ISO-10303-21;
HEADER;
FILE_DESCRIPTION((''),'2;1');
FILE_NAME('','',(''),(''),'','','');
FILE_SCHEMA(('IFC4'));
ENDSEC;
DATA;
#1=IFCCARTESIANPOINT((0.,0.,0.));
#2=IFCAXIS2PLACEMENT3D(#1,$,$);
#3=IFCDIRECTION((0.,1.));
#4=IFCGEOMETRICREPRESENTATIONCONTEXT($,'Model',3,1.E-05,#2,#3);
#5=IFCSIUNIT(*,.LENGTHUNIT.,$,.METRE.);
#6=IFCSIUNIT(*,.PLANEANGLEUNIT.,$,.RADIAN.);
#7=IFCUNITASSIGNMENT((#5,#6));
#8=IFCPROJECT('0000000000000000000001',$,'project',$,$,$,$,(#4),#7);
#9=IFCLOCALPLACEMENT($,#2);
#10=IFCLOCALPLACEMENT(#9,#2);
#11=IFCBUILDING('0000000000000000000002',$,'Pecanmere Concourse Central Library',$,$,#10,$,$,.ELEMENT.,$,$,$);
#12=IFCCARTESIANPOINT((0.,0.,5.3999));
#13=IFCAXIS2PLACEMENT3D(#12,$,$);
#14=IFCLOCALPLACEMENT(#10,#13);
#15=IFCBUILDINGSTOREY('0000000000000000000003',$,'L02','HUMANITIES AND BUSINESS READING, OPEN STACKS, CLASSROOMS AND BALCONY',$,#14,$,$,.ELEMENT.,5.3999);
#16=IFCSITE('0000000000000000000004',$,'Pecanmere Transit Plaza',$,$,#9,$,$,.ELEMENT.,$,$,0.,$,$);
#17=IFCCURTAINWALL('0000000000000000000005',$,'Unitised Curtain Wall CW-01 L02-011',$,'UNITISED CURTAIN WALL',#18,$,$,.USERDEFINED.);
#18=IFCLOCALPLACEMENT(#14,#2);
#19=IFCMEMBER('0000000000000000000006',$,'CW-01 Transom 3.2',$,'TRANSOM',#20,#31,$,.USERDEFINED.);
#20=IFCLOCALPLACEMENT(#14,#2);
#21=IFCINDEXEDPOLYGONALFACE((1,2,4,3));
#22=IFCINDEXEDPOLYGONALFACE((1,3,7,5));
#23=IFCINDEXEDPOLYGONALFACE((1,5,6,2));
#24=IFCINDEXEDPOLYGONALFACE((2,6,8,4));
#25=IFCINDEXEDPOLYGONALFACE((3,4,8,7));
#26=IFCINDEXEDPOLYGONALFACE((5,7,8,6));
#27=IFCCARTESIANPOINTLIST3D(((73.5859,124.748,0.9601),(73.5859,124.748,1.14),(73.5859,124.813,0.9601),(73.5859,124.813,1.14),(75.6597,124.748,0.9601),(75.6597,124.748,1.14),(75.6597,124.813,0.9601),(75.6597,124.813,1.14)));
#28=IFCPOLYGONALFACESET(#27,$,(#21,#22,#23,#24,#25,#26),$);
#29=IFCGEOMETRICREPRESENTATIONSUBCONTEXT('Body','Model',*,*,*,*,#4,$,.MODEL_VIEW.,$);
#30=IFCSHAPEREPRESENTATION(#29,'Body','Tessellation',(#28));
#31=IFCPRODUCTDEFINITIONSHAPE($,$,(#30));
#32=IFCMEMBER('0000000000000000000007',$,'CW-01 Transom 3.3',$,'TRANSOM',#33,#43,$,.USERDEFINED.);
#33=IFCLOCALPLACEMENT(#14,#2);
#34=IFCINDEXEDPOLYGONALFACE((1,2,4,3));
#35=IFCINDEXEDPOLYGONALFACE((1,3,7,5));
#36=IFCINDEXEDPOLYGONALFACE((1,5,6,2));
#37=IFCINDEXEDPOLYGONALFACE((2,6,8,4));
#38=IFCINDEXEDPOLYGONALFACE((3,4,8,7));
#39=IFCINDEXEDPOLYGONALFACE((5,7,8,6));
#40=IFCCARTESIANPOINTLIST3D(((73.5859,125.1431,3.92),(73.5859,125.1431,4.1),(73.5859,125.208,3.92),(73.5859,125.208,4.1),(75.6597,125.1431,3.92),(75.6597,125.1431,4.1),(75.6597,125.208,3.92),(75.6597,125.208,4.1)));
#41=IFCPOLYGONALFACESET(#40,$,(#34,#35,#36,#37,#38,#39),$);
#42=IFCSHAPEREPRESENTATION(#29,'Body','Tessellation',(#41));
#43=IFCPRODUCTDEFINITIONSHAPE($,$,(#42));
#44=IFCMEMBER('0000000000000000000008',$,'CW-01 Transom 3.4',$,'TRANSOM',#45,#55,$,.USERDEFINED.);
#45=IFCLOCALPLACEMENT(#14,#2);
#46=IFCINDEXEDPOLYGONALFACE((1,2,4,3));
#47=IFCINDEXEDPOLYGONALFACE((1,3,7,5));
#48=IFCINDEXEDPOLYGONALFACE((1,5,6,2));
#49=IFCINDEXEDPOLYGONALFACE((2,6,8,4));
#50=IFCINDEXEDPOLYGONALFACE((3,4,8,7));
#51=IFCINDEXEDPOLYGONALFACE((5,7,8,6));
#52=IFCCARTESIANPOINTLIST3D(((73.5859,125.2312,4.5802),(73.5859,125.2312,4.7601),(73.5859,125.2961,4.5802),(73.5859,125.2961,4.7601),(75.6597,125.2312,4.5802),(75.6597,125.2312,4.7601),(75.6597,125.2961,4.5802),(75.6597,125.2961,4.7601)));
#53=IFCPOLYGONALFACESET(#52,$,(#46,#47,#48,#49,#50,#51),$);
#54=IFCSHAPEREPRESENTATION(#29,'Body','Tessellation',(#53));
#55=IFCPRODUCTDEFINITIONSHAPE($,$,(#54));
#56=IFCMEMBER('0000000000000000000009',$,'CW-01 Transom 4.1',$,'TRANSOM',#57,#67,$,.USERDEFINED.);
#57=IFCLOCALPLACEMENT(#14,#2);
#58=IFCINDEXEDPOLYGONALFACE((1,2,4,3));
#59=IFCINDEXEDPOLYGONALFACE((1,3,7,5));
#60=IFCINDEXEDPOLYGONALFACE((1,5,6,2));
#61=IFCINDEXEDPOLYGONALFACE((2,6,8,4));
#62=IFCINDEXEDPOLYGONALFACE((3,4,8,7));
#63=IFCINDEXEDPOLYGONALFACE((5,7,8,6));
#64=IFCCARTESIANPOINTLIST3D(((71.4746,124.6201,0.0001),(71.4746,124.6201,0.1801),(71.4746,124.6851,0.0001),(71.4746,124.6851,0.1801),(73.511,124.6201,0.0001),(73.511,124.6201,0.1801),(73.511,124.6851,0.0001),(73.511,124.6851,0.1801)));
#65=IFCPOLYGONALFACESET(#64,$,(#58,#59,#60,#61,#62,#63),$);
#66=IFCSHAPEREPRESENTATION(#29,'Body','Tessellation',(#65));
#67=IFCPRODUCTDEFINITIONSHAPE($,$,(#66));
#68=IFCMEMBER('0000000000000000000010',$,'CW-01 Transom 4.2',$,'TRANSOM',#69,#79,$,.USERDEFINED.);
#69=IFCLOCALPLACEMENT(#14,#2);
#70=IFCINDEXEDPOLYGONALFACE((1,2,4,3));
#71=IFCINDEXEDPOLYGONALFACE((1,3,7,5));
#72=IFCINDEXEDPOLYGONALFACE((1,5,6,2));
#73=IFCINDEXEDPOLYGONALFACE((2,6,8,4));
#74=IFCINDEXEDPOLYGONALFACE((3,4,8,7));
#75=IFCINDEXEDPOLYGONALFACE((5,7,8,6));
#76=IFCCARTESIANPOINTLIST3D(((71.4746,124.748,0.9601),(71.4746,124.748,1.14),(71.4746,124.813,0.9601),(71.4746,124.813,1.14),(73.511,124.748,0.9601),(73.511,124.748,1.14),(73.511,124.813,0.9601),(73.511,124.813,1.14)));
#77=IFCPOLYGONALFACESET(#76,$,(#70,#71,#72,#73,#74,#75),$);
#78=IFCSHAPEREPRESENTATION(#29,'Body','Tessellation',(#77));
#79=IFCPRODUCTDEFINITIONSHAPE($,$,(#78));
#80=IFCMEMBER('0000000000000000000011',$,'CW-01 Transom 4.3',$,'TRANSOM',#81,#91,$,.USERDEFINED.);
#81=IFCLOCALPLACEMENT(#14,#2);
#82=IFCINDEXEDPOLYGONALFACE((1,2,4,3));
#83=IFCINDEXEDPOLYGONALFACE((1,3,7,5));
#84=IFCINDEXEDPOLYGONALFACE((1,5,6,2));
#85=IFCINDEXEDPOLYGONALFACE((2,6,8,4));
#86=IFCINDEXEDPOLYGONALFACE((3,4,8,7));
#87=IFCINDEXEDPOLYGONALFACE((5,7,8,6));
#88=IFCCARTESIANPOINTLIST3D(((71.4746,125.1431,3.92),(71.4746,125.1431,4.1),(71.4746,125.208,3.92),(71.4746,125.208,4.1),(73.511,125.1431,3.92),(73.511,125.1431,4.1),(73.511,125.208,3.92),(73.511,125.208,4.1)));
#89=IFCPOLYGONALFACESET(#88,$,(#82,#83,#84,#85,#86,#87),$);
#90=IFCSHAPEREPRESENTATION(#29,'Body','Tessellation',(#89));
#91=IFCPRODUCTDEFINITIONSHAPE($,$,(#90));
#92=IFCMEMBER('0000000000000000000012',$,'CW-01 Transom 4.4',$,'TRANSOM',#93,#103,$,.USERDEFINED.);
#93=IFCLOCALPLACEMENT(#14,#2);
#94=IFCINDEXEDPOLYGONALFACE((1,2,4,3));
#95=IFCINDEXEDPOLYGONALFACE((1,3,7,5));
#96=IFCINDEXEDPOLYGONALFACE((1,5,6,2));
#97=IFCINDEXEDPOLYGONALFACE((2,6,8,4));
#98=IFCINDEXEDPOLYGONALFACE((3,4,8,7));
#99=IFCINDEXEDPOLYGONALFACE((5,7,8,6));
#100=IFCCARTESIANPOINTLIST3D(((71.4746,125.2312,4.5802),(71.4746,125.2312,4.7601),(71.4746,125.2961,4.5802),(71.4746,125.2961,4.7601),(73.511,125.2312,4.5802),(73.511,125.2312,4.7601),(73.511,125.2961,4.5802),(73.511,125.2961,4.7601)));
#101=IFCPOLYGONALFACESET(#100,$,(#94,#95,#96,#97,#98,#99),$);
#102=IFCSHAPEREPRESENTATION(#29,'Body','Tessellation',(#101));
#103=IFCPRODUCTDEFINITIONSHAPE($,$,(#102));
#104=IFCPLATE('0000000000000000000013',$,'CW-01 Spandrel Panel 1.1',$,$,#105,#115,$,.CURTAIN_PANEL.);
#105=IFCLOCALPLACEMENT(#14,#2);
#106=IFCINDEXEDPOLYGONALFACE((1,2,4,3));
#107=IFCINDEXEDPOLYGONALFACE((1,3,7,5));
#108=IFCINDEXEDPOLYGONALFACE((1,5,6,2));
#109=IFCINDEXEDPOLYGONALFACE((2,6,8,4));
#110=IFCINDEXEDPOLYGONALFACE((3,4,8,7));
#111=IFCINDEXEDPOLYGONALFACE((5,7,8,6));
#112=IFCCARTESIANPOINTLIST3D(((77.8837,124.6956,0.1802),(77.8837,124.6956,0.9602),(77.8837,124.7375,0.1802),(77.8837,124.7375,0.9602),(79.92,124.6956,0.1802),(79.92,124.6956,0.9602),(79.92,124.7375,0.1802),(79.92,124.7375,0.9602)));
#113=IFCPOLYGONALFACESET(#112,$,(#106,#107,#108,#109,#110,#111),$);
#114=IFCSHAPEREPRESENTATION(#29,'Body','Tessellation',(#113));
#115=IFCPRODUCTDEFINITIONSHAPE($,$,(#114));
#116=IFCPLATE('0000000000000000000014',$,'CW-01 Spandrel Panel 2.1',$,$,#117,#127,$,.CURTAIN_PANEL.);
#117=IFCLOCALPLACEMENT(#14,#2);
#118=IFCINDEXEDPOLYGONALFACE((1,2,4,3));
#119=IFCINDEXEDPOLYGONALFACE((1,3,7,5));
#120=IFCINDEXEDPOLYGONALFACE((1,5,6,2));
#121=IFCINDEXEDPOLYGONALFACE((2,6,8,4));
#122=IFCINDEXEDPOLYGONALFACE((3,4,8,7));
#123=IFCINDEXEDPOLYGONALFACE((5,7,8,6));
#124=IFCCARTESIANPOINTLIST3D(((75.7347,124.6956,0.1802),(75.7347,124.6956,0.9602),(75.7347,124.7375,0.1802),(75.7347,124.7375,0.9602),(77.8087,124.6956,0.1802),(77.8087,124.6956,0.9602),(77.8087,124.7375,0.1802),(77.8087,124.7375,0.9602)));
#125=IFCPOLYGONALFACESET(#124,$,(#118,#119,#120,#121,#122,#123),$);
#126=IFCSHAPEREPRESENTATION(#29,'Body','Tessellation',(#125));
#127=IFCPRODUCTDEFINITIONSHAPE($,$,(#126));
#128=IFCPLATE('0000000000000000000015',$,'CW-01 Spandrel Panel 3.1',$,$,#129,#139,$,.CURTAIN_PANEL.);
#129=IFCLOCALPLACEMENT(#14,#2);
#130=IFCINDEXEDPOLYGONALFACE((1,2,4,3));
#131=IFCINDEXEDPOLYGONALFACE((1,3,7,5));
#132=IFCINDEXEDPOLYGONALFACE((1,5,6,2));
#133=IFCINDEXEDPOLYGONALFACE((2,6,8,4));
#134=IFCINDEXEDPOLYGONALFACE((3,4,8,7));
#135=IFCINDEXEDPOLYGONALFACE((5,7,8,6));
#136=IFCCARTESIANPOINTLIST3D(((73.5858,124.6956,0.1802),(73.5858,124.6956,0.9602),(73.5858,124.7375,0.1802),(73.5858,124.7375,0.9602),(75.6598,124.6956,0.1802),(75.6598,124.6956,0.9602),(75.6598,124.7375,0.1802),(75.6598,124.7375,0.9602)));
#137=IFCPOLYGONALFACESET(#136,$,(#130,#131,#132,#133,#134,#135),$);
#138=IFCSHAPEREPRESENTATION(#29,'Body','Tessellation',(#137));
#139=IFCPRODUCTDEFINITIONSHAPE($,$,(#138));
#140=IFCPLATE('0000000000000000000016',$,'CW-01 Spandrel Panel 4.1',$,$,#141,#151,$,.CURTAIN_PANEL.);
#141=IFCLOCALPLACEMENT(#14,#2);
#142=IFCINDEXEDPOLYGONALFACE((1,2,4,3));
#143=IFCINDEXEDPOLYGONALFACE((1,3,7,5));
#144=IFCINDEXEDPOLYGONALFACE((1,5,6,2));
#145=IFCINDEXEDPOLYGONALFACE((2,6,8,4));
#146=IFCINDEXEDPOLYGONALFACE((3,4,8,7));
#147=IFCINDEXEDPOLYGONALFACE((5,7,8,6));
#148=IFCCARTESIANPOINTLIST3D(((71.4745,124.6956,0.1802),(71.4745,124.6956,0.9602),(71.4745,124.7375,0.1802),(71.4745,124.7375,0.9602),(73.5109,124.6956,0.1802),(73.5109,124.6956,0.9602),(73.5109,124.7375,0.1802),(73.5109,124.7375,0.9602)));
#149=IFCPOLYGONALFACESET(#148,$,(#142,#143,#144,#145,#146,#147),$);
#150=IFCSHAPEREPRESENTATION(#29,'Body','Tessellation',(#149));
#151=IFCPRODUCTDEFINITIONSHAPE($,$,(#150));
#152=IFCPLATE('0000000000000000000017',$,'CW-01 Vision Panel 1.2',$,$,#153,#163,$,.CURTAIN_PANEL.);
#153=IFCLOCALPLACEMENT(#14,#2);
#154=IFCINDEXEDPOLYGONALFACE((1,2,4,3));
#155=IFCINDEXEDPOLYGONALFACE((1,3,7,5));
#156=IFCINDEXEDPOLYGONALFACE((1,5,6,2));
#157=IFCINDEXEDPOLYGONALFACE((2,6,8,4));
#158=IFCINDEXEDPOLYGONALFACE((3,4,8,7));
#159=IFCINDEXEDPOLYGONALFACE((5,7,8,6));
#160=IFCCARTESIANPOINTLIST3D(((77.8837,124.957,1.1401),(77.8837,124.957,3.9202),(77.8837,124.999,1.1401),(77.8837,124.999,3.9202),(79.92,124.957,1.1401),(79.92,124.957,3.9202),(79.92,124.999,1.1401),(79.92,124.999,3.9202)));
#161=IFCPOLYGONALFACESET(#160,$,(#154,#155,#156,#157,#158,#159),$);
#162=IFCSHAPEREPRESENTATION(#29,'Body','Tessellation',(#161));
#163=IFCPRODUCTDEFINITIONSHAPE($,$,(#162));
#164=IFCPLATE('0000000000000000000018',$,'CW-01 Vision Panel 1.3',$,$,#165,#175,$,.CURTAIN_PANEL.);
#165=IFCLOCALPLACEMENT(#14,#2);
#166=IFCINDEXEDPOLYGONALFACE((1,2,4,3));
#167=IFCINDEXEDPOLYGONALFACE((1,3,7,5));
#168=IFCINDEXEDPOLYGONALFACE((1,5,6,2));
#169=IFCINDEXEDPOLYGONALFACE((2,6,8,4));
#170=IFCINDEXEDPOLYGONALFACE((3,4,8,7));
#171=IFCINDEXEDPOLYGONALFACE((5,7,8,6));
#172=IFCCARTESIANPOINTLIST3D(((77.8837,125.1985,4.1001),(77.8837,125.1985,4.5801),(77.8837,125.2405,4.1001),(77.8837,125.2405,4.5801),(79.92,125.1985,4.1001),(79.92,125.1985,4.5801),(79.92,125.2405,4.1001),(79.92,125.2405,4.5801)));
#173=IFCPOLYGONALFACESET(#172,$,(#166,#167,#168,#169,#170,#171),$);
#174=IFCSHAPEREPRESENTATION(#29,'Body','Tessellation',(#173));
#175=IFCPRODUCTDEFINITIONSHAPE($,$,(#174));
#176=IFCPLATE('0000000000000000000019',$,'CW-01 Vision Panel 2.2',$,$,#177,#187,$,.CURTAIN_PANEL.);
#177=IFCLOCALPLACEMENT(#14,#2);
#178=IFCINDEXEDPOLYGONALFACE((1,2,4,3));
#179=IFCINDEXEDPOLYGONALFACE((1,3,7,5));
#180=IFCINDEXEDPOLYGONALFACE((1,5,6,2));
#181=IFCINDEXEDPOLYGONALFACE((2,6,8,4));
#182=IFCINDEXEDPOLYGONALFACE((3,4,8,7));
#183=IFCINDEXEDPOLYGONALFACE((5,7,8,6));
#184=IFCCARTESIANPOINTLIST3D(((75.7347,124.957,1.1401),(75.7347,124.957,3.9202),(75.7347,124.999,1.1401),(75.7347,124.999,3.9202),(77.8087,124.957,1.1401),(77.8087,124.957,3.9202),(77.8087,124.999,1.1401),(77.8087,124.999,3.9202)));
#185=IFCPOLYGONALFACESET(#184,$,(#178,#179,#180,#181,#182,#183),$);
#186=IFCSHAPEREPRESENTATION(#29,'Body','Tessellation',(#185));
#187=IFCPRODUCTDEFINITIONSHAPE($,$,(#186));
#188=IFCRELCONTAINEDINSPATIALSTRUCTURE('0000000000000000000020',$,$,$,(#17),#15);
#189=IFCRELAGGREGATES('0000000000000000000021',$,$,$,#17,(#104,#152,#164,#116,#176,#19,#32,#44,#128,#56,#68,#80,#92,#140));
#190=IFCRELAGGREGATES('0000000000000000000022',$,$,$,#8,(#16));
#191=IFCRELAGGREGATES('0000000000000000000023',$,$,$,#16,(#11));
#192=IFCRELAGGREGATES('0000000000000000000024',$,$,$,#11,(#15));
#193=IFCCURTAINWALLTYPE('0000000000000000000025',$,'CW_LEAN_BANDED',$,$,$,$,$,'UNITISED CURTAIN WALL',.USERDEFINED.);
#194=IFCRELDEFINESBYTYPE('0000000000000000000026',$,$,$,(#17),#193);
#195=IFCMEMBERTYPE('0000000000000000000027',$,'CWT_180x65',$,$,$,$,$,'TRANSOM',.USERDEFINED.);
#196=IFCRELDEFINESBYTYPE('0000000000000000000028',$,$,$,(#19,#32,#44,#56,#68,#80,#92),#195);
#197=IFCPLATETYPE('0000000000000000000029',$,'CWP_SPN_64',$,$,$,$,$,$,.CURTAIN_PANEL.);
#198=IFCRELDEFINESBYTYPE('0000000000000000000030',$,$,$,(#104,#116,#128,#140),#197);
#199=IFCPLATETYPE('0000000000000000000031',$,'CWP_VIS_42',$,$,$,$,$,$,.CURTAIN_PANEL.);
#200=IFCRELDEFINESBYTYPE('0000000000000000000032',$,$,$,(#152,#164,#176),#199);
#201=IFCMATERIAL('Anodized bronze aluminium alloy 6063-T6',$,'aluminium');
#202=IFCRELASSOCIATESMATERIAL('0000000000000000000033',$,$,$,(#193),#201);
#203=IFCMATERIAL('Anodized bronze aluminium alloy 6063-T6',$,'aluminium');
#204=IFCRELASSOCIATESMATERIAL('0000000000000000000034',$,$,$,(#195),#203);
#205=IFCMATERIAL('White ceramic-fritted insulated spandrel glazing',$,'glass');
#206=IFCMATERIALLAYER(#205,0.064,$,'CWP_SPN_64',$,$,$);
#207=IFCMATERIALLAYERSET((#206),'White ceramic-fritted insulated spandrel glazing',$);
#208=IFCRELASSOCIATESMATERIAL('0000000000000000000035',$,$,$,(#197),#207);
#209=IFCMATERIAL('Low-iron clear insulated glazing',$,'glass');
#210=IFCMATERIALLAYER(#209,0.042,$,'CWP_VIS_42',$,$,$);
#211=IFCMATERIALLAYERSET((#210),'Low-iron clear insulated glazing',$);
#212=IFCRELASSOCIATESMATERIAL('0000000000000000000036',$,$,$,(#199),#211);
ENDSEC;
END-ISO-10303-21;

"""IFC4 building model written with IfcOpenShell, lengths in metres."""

from ifc_helpers import new_model, si_unit, direction, frame, origin, origin_2d, place, context, subcontext, project, spatial, rectangle, extrude, material, layer, layer_set, material_profile, profile_set, type_object, element, aggregate, save


model = new_model("IFC4")

# Units and contexts
model_context = context("Model", 3, precision=1e-05, world=origin(), true_north=direction((0.0, 1.0)))
body_context = subcontext(model_context, "Body", "Model", "MODEL_VIEW")
ifc_project = project(units=[si_unit("LENGTHUNIT", "METRE"), si_unit("PLANEANGLEUNIT", "RADIAN")], contexts=[model_context])

# Site, building, storey
site_placement = place(None, origin())
site = spatial("IfcSite", under=ifc_project, at=site_placement, Name="Pecanmere Transit Plaza", CompositionType="ELEMENT", RefElevation=0.0)
building_placement = place(site_placement, origin())
building = spatial("IfcBuilding", under=site, at=building_placement, Name="Pecanmere Concourse Central Library", CompositionType="ELEMENT")
storey_placement = place(building_placement, frame((0.0, 0.0, 5.3999)))
storey = spatial("IfcBuildingStorey", under=building, at=storey_placement, Name="L02", Description="HUMANITIES AND BUSINESS READING, OPEN STACKS, CLASSROOMS AND BALCONY", CompositionType="ELEMENT", Elevation=5.3999)

# Curtain wall
ifc_material_1 = material(Name="Anodized bronze aluminium alloy 6063-T6", Category="aluminium")
curtain_wall_type = type_object("IfcCurtainWallType", Name="CW_LEAN_BANDED", ElementType="UNITISED CURTAIN WALL", PredefinedType="USERDEFINED", material=ifc_material_1)
curtain_wall_1_placement = place(storey_placement, origin())
curtain_wall_1 = element("IfcCurtainWall", 1, at=curtain_wall_1_placement, inside=storey, type_object=curtain_wall_type, Name="Unitised Curtain Wall CW-01 L02-011", ObjectType="UNITISED CURTAIN WALL", PredefinedType="USERDEFINED")

# Members
ifc_material_2 = material(Name="Anodized bronze aluminium alloy 6063-T6", Category="aluminium")
ifc_material_profile_1 = material_profile(ifc_material_2, rectangle(XDim=0.0649, YDim=0.1799, at=origin_2d()), Name="AL 65x180")
ifc_profile_set_1 = profile_set([ifc_material_profile_1], Name="Anodized bronze aluminium alloy 6063-T6")
member_type_1 = type_object("IfcMemberType", Name="CWT_180x65", ElementType="TRANSOM", PredefinedType="USERDEFINED", material=ifc_profile_set_1)
member_1_placement = place(storey_placement, frame((75.6597, 124.7805, 1.05), z_axis=(-1.0, 0.0, 0.0), x_axis=(0.0, -1.0, 0.0)))
member_1 = element("IfcMember", 2, at=member_1_placement, type_object=member_type_1, Name="CW-01 Transom 3.2", ObjectType="TRANSOM", PredefinedType="USERDEFINED", context=body_context, shape_type="SweptSolid", body=[
    extrude(rectangle(XDim=0.0649, YDim=0.1799, at=origin_2d()), origin(), (0.0, 0.0, 1.0), 2.0737),
])
member_2_placement = place(storey_placement, frame((75.6597, 125.1755, 4.01), z_axis=(-1.0, 0.0, 0.0), x_axis=(0.0, -1.0, 0.0)))
member_2 = element("IfcMember", 3, at=member_2_placement, type_object=member_type_1, Name="CW-01 Transom 3.3", ObjectType="TRANSOM", PredefinedType="USERDEFINED", context=body_context, shape_type="SweptSolid", body=[
    extrude(rectangle(XDim=0.0649, YDim=0.1799, at=origin_2d()), origin(), (0.0, 0.0, 1.0), 2.0737),
])
member_3_placement = place(storey_placement, frame((75.6597, 125.2637, 4.6702), z_axis=(-1.0, 0.0, 0.0), x_axis=(0.0, -1.0, 0.0)))
member_3 = element("IfcMember", 4, at=member_3_placement, type_object=member_type_1, Name="CW-01 Transom 3.4", ObjectType="TRANSOM", PredefinedType="USERDEFINED", context=body_context, shape_type="SweptSolid", body=[
    extrude(rectangle(XDim=0.0649, YDim=0.1799, at=origin_2d()), origin(), (0.0, 0.0, 1.0), 2.0737),
])
member_4_placement = place(storey_placement, frame((73.511, 124.6526, 0.0901), z_axis=(-1.0, 0.0, 0.0), x_axis=(0.0, -1.0, 0.0)))
member_4 = element("IfcMember", 5, at=member_4_placement, type_object=member_type_1, Name="CW-01 Transom 4.1", ObjectType="TRANSOM", PredefinedType="USERDEFINED", context=body_context, shape_type="SweptSolid", body=[
    extrude(rectangle(XDim=0.0649, YDim=0.1799, at=origin_2d()), origin(), (0.0, 0.0, 1.0), 2.0364),
])
member_5_placement = place(storey_placement, frame((73.511, 124.7805, 1.05), z_axis=(-1.0, 0.0, 0.0), x_axis=(0.0, -1.0, 0.0)))
member_5 = element("IfcMember", 6, at=member_5_placement, type_object=member_type_1, Name="CW-01 Transom 4.2", ObjectType="TRANSOM", PredefinedType="USERDEFINED", context=body_context, shape_type="SweptSolid", body=[
    extrude(rectangle(XDim=0.0649, YDim=0.1799, at=origin_2d()), origin(), (0.0, 0.0, 1.0), 2.0364),
])
member_6_placement = place(storey_placement, frame((73.511, 125.1755, 4.01), z_axis=(-1.0, 0.0, 0.0), x_axis=(0.0, -1.0, 0.0)))
member_6 = element("IfcMember", 7, at=member_6_placement, type_object=member_type_1, Name="CW-01 Transom 4.3", ObjectType="TRANSOM", PredefinedType="USERDEFINED", context=body_context, shape_type="SweptSolid", body=[
    extrude(rectangle(XDim=0.0649, YDim=0.1799, at=origin_2d()), origin(), (0.0, 0.0, 1.0), 2.0364),
])
member_7_placement = place(storey_placement, frame((73.511, 125.2637, 4.6702), z_axis=(-1.0, 0.0, 0.0), x_axis=(0.0, -1.0, 0.0)))
member_7 = element("IfcMember", 8, at=member_7_placement, type_object=member_type_1, Name="CW-01 Transom 4.4", ObjectType="TRANSOM", PredefinedType="USERDEFINED", context=body_context, shape_type="SweptSolid", body=[
    extrude(rectangle(XDim=0.0649, YDim=0.1799, at=origin_2d()), origin(), (0.0, 0.0, 1.0), 2.0364),
])

# Plates
ifc_material_3 = material(Name="White ceramic-fritted insulated spandrel glazing", Category="glass")
ifc_layer_1 = layer(ifc_material_3, 0.064, Name="CWP_SPN_64")
ifc_layer_set_1 = layer_set([ifc_layer_1], Name="White ceramic-fritted insulated spandrel glazing")
plate_type_1 = type_object("IfcPlateType", Name="CWP_SPN_64", PredefinedType="CURTAIN_PANEL", material=ifc_layer_set_1)
plate_1_placement = place(storey_placement, frame((78.9019, 124.7166, 0.1802), z_axis=(0.0, 0.0, 1.0), x_axis=(-1.0, 0.0, 0.0)))
plate_1 = element("IfcPlate", 9, at=plate_1_placement, type_object=plate_type_1, Name="CW-01 Spandrel Panel 1.1", PredefinedType="CURTAIN_PANEL", context=body_context, shape_type="SweptSolid", body=[
    extrude(rectangle(XDim=2.0364, YDim=0.042, at=origin_2d()), origin(), (0.0, 0.0, 1.0), 0.78),
])
plate_2_placement = place(storey_placement, frame((76.7717, 124.7166, 0.1802), z_axis=(0.0, 0.0, 1.0), x_axis=(-1.0, 0.0, 0.0)))
plate_2 = element("IfcPlate", 10, at=plate_2_placement, type_object=plate_type_1, Name="CW-01 Spandrel Panel 2.1", PredefinedType="CURTAIN_PANEL", context=body_context, shape_type="SweptSolid", body=[
    extrude(rectangle(XDim=2.074, YDim=0.042, at=origin_2d()), origin(), (0.0, 0.0, 1.0), 0.78),
])
plate_3_placement = place(storey_placement, frame((74.6228, 124.7166, 0.1802), z_axis=(0.0, 0.0, 1.0), x_axis=(-1.0, 0.0, 0.0)))
plate_3 = element("IfcPlate", 11, at=plate_3_placement, type_object=plate_type_1, Name="CW-01 Spandrel Panel 3.1", PredefinedType="CURTAIN_PANEL", context=body_context, shape_type="SweptSolid", body=[
    extrude(rectangle(XDim=2.074, YDim=0.042, at=origin_2d()), origin(), (0.0, 0.0, 1.0), 0.78),
])
plate_4_placement = place(storey_placement, frame((72.4927, 124.7166, 0.1802), z_axis=(0.0, 0.0, 1.0), x_axis=(-1.0, 0.0, 0.0)))
plate_4 = element("IfcPlate", 12, at=plate_4_placement, type_object=plate_type_1, Name="CW-01 Spandrel Panel 4.1", PredefinedType="CURTAIN_PANEL", context=body_context, shape_type="SweptSolid", body=[
    extrude(rectangle(XDim=2.0364, YDim=0.042, at=origin_2d()), origin(), (0.0, 0.0, 1.0), 0.78),
])
ifc_material_4 = material(Name="Low-iron clear insulated glazing", Category="glass")
ifc_layer_2 = layer(ifc_material_4, 0.042, Name="CWP_VIS_42")
ifc_layer_set_2 = layer_set([ifc_layer_2], Name="Low-iron clear insulated glazing")
plate_type_2 = type_object("IfcPlateType", Name="CWP_VIS_42", PredefinedType="CURTAIN_PANEL", material=ifc_layer_set_2)
plate_5_placement = place(storey_placement, frame((78.9019, 124.978, 1.1401), z_axis=(0.0, 0.0, 1.0), x_axis=(-1.0, 0.0, 0.0)))
plate_5 = element("IfcPlate", 13, at=plate_5_placement, type_object=plate_type_2, Name="CW-01 Vision Panel 1.2", PredefinedType="CURTAIN_PANEL", context=body_context, shape_type="SweptSolid", body=[
    extrude(rectangle(XDim=2.0364, YDim=0.042, at=origin_2d()), origin(), (0.0, 0.0, 1.0), 2.78),
])
plate_6_placement = place(storey_placement, frame((78.9019, 125.2195, 4.1001), z_axis=(0.0, 0.0, 1.0), x_axis=(-1.0, 0.0, 0.0)))
plate_6 = element("IfcPlate", 14, at=plate_6_placement, type_object=plate_type_2, Name="CW-01 Vision Panel 1.3", PredefinedType="CURTAIN_PANEL", context=body_context, shape_type="SweptSolid", body=[
    extrude(rectangle(XDim=2.0364, YDim=0.042, at=origin_2d()), origin(), (0.0, 0.0, 1.0), 0.48),
])
plate_7_placement = place(storey_placement, frame((76.7717, 124.978, 1.1401), z_axis=(0.0, 0.0, 1.0), x_axis=(-1.0, 0.0, 0.0)))
plate_7 = element("IfcPlate", 15, at=plate_7_placement, type_object=plate_type_2, Name="CW-01 Vision Panel 2.2", PredefinedType="CURTAIN_PANEL", context=body_context, shape_type="SweptSolid", body=[
    extrude(rectangle(XDim=2.074, YDim=0.042, at=origin_2d()), origin(), (0.0, 0.0, 1.0), 2.78),
])
aggregate(curtain_wall_1, [plate_1, plate_5, plate_6, plate_2, plate_7, member_1, member_2, member_3, plate_3, member_4, member_5, member_6, member_7, plate_4])

save(model, "model.ifc")
